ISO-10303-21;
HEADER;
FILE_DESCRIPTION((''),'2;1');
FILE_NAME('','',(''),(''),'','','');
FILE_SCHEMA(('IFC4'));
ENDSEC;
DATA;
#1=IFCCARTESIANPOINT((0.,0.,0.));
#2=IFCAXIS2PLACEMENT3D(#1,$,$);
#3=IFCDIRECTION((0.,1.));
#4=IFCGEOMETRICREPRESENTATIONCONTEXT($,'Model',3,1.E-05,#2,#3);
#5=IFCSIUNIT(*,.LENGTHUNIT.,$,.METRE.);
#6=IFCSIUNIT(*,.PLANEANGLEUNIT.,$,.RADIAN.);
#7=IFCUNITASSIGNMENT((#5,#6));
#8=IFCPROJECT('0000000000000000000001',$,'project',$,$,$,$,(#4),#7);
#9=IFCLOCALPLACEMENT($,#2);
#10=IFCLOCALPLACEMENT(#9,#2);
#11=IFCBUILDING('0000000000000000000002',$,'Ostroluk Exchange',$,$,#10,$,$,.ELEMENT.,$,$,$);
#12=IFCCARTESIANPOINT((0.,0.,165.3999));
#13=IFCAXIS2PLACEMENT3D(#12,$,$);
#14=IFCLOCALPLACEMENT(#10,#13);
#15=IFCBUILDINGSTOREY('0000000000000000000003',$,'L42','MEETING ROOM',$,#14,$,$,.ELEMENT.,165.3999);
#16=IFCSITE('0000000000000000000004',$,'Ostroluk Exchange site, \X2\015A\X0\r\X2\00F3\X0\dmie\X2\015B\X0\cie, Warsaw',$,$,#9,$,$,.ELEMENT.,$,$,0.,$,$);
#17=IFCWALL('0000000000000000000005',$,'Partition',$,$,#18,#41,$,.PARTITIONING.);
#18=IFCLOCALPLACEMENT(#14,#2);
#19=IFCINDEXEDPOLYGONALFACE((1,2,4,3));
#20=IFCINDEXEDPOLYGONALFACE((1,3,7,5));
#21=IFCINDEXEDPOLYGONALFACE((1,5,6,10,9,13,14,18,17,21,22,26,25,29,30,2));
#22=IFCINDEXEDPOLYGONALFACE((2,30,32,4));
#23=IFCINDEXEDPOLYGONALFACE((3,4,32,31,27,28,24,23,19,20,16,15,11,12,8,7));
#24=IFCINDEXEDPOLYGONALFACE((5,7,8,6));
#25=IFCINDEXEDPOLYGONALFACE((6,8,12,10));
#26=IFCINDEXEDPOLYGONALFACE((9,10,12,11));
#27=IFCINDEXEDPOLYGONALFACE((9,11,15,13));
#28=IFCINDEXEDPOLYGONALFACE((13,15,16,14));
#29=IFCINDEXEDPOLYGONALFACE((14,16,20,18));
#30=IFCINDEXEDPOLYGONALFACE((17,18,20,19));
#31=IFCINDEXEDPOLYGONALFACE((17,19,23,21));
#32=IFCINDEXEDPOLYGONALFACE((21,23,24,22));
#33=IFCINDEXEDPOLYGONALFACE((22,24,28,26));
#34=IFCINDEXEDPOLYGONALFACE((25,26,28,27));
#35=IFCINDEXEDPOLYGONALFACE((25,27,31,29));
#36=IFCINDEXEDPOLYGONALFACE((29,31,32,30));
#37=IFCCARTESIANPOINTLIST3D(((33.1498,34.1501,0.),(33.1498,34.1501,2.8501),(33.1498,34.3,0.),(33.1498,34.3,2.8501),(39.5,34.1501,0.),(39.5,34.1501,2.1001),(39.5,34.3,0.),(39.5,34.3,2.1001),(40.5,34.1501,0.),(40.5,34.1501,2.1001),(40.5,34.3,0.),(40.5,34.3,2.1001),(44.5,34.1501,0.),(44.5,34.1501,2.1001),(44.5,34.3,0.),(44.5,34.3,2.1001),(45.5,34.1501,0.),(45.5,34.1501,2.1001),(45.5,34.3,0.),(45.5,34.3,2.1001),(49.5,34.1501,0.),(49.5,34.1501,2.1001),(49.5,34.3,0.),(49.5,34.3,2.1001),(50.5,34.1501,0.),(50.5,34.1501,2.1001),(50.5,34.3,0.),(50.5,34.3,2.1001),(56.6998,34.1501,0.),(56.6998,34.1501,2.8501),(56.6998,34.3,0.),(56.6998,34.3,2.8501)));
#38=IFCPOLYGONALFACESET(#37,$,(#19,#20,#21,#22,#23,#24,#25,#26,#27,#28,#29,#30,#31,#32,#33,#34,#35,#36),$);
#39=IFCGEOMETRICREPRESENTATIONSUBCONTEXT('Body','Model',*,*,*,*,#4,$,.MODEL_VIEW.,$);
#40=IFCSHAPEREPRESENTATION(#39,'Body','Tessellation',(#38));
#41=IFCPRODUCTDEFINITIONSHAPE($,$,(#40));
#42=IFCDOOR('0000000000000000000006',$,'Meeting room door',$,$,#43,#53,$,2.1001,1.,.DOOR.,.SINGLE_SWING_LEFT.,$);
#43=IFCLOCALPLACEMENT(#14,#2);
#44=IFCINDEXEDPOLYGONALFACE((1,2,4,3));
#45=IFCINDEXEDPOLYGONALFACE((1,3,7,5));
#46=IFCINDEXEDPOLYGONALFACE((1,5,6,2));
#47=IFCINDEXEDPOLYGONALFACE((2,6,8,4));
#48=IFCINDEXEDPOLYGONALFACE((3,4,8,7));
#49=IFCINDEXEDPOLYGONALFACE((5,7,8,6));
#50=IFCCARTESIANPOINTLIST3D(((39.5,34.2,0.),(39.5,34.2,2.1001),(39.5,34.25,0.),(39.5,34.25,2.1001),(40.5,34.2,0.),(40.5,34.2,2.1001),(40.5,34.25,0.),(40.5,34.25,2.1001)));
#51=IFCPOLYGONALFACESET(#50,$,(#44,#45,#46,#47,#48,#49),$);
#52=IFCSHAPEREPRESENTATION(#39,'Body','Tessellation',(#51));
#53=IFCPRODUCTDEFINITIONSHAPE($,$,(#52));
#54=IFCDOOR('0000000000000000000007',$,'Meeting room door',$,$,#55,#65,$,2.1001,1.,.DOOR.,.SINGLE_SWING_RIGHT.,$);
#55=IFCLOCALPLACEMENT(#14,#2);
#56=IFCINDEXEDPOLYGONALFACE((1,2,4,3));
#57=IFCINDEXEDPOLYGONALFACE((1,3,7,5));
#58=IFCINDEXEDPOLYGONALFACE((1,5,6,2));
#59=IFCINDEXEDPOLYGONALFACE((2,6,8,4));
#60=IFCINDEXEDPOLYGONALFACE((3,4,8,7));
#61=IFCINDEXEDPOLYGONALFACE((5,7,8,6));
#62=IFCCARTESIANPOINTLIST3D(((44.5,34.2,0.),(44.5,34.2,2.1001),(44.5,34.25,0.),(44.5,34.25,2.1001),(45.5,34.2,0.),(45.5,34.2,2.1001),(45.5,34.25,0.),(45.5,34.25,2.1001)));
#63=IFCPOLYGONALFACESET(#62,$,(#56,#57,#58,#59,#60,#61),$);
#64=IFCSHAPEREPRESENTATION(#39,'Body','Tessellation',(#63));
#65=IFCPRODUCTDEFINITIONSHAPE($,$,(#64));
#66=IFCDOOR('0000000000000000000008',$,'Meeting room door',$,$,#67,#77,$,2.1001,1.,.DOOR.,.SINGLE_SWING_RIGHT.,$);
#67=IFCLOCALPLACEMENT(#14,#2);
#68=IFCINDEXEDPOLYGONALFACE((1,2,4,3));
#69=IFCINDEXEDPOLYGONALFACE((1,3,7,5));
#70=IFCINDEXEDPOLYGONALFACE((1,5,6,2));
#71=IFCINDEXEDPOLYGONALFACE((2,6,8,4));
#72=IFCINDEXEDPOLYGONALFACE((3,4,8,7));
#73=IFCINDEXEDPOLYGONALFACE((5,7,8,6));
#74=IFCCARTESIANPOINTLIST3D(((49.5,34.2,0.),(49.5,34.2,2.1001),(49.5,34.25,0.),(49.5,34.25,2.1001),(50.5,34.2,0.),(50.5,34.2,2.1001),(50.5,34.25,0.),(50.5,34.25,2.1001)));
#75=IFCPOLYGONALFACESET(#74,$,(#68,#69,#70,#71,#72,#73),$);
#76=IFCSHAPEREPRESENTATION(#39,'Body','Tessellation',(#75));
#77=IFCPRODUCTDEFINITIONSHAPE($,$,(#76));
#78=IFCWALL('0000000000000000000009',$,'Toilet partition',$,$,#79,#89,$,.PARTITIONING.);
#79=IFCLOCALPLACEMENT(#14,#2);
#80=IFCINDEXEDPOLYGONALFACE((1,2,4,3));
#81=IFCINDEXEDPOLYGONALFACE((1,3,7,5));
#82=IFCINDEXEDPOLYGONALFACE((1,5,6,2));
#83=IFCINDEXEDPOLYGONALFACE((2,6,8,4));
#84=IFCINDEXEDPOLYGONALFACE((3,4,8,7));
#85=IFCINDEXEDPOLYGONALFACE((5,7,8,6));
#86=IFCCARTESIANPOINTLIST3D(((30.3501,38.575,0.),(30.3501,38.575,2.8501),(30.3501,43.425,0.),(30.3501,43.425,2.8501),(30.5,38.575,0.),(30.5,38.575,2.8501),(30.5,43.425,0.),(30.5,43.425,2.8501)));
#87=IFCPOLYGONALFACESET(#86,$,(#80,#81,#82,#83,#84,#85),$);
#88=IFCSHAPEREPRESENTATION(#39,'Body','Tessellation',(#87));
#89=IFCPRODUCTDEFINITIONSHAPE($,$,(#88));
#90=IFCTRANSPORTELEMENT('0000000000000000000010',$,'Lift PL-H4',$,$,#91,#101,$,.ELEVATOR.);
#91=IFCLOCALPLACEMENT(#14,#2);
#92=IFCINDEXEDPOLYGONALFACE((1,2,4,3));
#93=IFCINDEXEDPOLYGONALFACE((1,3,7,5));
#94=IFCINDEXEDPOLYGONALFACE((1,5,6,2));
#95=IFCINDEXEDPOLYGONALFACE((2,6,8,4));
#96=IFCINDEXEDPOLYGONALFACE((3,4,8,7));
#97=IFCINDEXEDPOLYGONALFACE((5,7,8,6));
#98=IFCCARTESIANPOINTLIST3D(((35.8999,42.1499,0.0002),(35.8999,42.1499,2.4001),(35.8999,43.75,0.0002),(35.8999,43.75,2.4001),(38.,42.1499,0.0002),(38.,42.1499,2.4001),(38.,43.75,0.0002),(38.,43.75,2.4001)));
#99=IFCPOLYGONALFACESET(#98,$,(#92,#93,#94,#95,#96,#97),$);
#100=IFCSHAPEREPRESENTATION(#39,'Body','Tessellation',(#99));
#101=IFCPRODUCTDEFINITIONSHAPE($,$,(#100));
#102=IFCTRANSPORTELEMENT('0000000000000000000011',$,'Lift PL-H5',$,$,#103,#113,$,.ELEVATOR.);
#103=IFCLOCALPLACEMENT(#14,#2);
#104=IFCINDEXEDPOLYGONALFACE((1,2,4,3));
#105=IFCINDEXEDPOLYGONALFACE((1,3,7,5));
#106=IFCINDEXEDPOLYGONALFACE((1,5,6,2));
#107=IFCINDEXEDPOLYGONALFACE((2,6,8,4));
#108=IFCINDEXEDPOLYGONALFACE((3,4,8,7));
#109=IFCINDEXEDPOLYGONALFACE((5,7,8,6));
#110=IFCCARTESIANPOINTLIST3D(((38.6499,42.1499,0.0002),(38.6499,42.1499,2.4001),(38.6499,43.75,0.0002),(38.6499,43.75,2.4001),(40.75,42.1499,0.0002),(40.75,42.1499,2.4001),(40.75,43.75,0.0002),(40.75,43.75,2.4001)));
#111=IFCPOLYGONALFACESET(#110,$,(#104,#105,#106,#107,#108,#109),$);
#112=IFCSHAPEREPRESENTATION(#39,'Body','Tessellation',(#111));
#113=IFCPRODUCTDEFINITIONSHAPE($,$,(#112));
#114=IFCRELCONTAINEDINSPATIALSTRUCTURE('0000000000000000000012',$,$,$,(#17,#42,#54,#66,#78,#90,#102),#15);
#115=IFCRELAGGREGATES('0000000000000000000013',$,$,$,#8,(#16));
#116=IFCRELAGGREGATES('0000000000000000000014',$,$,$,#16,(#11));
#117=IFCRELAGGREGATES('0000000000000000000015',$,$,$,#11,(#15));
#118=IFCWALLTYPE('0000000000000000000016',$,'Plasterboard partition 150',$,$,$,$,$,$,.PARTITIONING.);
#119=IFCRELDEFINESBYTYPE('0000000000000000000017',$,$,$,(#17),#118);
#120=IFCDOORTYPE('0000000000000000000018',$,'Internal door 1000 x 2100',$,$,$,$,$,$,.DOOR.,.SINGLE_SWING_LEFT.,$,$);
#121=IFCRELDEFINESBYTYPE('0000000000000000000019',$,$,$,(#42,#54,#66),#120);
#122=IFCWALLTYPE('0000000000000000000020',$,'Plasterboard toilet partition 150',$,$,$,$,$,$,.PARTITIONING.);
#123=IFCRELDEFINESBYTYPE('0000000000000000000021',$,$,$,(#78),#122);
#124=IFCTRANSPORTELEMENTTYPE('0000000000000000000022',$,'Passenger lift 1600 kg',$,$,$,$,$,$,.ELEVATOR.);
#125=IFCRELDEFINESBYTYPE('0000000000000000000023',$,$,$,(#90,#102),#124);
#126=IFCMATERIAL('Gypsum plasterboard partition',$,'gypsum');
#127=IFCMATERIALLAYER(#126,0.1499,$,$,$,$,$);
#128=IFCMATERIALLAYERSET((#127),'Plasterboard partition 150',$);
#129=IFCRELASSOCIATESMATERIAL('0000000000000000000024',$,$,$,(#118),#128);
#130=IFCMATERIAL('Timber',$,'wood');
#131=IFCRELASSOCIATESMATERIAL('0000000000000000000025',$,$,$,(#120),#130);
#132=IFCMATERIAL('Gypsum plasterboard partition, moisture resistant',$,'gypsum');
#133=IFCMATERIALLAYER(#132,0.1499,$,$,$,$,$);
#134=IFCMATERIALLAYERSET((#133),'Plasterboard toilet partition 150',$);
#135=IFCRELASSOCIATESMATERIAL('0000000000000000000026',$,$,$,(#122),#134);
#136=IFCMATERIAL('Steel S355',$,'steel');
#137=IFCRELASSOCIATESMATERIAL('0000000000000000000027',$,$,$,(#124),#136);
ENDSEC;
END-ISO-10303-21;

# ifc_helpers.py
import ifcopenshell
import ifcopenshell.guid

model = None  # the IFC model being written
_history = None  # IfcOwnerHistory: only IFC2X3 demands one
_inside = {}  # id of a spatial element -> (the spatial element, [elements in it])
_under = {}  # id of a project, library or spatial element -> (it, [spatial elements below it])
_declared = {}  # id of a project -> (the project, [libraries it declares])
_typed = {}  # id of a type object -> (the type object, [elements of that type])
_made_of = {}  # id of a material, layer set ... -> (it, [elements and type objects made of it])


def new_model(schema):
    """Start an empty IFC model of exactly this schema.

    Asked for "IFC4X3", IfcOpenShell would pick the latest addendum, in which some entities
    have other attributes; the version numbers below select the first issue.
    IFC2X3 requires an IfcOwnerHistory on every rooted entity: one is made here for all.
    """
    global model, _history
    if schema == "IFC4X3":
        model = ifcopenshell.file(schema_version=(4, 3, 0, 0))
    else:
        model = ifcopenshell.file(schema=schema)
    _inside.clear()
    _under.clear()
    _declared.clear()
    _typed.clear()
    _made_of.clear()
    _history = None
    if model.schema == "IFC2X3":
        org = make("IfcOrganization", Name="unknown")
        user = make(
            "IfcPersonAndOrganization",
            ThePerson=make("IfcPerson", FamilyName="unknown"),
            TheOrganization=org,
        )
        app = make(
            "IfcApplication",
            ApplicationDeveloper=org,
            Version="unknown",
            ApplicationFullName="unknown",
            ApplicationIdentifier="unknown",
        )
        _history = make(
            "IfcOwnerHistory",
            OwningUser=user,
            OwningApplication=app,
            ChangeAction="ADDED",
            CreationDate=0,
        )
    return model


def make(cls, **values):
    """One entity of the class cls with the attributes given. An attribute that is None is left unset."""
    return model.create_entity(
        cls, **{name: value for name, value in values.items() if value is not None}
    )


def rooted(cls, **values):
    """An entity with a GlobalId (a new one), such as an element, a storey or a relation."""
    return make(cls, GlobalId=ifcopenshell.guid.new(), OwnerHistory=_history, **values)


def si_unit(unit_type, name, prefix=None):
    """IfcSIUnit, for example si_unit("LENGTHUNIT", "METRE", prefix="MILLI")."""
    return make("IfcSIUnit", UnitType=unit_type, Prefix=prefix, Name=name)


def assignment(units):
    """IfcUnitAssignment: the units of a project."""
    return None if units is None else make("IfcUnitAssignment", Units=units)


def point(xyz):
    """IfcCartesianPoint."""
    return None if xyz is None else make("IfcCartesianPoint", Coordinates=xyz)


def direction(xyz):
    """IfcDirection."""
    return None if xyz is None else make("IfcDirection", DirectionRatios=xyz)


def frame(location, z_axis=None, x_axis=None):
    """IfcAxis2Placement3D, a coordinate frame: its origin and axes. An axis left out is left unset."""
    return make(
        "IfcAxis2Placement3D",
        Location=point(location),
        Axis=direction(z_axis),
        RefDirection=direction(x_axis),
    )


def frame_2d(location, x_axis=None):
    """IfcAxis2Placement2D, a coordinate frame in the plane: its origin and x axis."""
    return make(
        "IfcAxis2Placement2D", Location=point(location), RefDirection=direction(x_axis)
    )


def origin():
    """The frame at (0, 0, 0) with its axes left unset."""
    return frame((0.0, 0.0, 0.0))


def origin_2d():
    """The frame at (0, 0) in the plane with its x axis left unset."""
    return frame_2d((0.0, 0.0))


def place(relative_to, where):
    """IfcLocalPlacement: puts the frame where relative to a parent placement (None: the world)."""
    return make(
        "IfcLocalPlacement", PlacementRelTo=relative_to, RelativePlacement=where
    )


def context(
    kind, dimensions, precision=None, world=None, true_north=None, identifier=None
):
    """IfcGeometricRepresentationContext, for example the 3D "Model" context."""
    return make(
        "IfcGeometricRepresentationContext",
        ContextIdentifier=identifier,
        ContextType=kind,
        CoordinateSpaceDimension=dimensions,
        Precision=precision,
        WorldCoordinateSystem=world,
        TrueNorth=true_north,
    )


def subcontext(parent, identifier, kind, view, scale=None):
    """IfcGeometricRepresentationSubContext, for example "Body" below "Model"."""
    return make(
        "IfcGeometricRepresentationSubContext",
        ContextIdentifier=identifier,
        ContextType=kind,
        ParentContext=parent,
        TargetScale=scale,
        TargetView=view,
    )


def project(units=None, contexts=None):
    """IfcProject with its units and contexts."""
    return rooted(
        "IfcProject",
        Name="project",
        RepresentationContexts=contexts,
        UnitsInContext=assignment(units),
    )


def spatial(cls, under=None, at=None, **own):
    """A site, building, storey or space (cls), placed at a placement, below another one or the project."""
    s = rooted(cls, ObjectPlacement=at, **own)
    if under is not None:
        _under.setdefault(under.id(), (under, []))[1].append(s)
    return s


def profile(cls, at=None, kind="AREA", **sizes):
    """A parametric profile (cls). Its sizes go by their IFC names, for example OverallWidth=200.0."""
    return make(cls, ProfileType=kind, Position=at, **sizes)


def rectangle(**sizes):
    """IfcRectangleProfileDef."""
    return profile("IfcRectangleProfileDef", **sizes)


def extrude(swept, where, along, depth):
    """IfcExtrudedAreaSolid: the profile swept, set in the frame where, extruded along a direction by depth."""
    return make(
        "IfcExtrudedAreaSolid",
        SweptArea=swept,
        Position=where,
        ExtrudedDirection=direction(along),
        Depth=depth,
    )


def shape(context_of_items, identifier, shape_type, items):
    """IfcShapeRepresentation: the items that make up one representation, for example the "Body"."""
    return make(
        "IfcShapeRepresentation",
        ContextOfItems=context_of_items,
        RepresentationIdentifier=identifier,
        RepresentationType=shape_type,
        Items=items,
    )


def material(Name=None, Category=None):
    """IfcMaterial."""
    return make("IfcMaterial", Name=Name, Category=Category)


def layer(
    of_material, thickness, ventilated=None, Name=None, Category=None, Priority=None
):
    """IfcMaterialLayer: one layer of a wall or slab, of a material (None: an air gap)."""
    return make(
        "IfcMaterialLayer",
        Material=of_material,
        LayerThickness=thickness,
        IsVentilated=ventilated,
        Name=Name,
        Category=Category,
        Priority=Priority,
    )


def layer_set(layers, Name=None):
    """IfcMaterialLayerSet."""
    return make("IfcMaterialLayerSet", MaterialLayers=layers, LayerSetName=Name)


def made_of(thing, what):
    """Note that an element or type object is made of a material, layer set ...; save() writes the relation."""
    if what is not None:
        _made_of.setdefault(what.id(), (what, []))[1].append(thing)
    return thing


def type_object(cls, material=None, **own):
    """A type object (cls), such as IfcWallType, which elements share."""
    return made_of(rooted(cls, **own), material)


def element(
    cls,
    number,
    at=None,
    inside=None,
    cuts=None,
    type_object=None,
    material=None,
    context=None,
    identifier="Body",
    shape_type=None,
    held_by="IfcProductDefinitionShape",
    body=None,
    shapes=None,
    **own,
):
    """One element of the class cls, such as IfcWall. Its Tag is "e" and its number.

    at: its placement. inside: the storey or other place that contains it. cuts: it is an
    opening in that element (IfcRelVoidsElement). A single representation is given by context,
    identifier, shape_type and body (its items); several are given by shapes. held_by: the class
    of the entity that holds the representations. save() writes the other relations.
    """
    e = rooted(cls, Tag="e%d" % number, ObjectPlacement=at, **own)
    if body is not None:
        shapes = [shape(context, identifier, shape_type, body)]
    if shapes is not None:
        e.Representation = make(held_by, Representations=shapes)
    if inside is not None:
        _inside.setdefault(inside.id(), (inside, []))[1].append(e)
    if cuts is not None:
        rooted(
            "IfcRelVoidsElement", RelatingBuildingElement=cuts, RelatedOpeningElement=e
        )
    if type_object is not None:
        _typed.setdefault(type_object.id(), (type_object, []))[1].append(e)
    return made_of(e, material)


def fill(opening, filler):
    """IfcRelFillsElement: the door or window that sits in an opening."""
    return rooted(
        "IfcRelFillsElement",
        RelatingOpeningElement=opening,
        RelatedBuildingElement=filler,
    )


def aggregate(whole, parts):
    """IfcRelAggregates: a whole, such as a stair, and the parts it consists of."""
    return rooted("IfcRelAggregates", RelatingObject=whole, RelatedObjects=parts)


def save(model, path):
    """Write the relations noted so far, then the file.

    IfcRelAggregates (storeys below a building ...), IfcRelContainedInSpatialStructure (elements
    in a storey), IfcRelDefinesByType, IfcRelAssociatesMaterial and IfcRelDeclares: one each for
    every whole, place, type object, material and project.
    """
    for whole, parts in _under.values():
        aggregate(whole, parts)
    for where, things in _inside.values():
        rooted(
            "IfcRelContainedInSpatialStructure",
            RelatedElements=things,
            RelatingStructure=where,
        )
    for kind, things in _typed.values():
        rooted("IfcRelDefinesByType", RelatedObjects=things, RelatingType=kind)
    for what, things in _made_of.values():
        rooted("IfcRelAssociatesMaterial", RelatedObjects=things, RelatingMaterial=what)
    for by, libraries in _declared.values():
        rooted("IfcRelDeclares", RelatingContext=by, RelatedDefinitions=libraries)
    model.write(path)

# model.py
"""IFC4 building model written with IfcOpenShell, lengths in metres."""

from ifc_helpers import new_model, si_unit, direction, frame, frame_2d, origin, origin_2d, place, context, subcontext, project, spatial, rectangle, extrude, material, layer, layer_set, type_object, element, fill, save


model = new_model("IFC4")

# Units and contexts
model_context = context("Model", 3, precision=1e-05, world=origin(), true_north=direction((0.0, 1.0)))
body_context = subcontext(model_context, "Body", "Model", "MODEL_VIEW")
ifc_project = project(units=[si_unit("LENGTHUNIT", "METRE"), si_unit("PLANEANGLEUNIT", "RADIAN")], contexts=[model_context])

# Site, building, storey
site_placement = place(None, origin())
site = spatial("IfcSite", under=ifc_project, at=site_placement, Name="Ostroluk Exchange site, Śródmieście, Warsaw", CompositionType="ELEMENT", RefElevation=0.0)
building_placement = place(site_placement, origin())
building = spatial("IfcBuilding", under=site, at=building_placement, Name="Ostroluk Exchange", CompositionType="ELEMENT")
storey_placement = place(building_placement, frame((0.0, 0.0, 165.3999)))
storey = spatial("IfcBuildingStorey", under=building, at=storey_placement, Name="L42", Description="MEETING ROOM", CompositionType="ELEMENT", Elevation=165.3999)

# Shared definitions
ifc_material_1 = material(Name="Gypsum plasterboard partition", Category="gypsum")
ifc_layer_1 = layer(ifc_material_1, 0.1499)
ifc_layer_set_1 = layer_set([ifc_layer_1], Name="Plasterboard partition 150")
wall_type_1 = type_object("IfcWallType", Name="Plasterboard partition 150", PredefinedType="PARTITIONING", material=ifc_layer_set_1)

# Wall, openings, doors
wall_1_placement = place(storey_placement, frame((33.1499, 34.2251, 0.0), z_axis=(0.0, 0.0, 1.0), x_axis=(1.0, 0.0, 0.0)))
wall_1 = element("IfcWall", 1, at=wall_1_placement, inside=storey, type_object=wall_type_1, Name="Partition", PredefinedType="PARTITIONING", context=body_context, shape_type="SweptSolid", body=[
    extrude(rectangle(XDim=23.55, YDim=0.1499, at=frame_2d((11.7749, 0.0))), origin(), (0.0, 0.0, 1.0), 2.8501),
])
opening_1_placement = place(wall_1_placement, frame((6.3501, 0.0, 0.0)))
opening_1 = element("IfcOpeningElement", 2, at=opening_1_placement, cuts=wall_1, PredefinedType="OPENING", context=body_context, shape_type="SweptSolid", body=[
    extrude(rectangle(XDim=1.0, YDim=2.1001, at=frame_2d((0.5, 1.05))), frame((0.0, 0.085, 0.0), z_axis=(0.0, -1.0, 0.0), x_axis=(1.0, 0.0, 0.0)), (0.0, 0.0, 1.0), 0.1699),
])
opening_2_placement = place(wall_1_placement, frame((11.3501, 0.0, 0.0)))
opening_2 = element("IfcOpeningElement", 3, at=opening_2_placement, cuts=wall_1, PredefinedType="OPENING", context=body_context, shape_type="SweptSolid", body=[
    extrude(rectangle(XDim=1.0, YDim=2.1001, at=frame_2d((0.5, 1.05))), frame((0.0, 0.085, 0.0), z_axis=(0.0, -1.0, 0.0), x_axis=(1.0, 0.0, 0.0)), (0.0, 0.0, 1.0), 0.1699),
])
opening_3_placement = place(wall_1_placement, frame((16.3501, 0.0, 0.0)))
opening_3 = element("IfcOpeningElement", 4, at=opening_3_placement, cuts=wall_1, PredefinedType="OPENING", context=body_context, shape_type="SweptSolid", body=[
    extrude(rectangle(XDim=1.0, YDim=2.1001, at=frame_2d((0.5, 1.05))), frame((0.0, 0.085, 0.0), z_axis=(0.0, -1.0, 0.0), x_axis=(1.0, 0.0, 0.0)), (0.0, 0.0, 1.0), 0.1699),
])
ifc_material_2 = material(Name="Timber", Category="wood")
door_type_1 = type_object("IfcDoorType", Name="Internal door 1000 x 2100", OperationType="SINGLE_SWING_LEFT", PredefinedType="DOOR", material=ifc_material_2)
door_1_placement = place(opening_1_placement, origin())
door_1 = element("IfcDoor", 5, at=door_1_placement, inside=storey, type_object=door_type_1, Name="Meeting room door", OperationType="SINGLE_SWING_LEFT", OverallHeight=2.1001, OverallWidth=1.0, PredefinedType="DOOR", context=body_context, shape_type="SweptSolid", body=[
    extrude(rectangle(XDim=1.0, YDim=2.1001, at=frame_2d((0.5, 1.05))), frame((0.0, 0.0249, 0.0), z_axis=(0.0, -1.0, 0.0), x_axis=(1.0, 0.0, 0.0)), (0.0, 0.0, 1.0), 0.05),
])
fill(opening_1, door_1)
door_2_placement = place(opening_2_placement, origin())
door_2 = element("IfcDoor", 6, at=door_2_placement, inside=storey, type_object=door_type_1, Name="Meeting room door", OperationType="SINGLE_SWING_RIGHT", OverallHeight=2.1001, OverallWidth=1.0, PredefinedType="DOOR", context=body_context, shape_type="SweptSolid", body=[
    extrude(rectangle(XDim=1.0, YDim=2.1001, at=frame_2d((0.5, 1.05))), frame((0.0, 0.0249, 0.0), z_axis=(0.0, -1.0, 0.0), x_axis=(1.0, 0.0, 0.0)), (0.0, 0.0, 1.0), 0.05),
])
fill(opening_2, door_2)
door_3_placement = place(opening_3_placement, origin())
door_3 = element("IfcDoor", 7, at=door_3_placement, inside=storey, type_object=door_type_1, Name="Meeting room door", OperationType="SINGLE_SWING_RIGHT", OverallHeight=2.1001, OverallWidth=1.0, PredefinedType="DOOR", context=body_context, shape_type="SweptSolid", body=[
    extrude(rectangle(XDim=1.0, YDim=2.1001, at=frame_2d((0.5, 1.05))), frame((0.0, 0.0249, 0.0), z_axis=(0.0, -1.0, 0.0), x_axis=(1.0, 0.0, 0.0)), (0.0, 0.0, 1.0), 0.05),
])
fill(opening_3, door_3)

# Wall
ifc_material_3 = material(Name="Gypsum plasterboard partition, moisture resistant", Category="gypsum")
ifc_layer_2 = layer(ifc_material_3, 0.1499)
ifc_layer_set_2 = layer_set([ifc_layer_2], Name="Plasterboard toilet partition 150")
wall_type_2 = type_object("IfcWallType", Name="Plasterboard toilet partition 150", PredefinedType="PARTITIONING", material=ifc_layer_set_2)
wall_2_placement = place(storey_placement, frame((30.425, 43.425, 0.0), z_axis=(0.0, 0.0, 1.0), x_axis=(0.0, -1.0, 0.0)))
element("IfcWall", 8, at=wall_2_placement, inside=storey, type_object=wall_type_2, Name="Toilet partition", PredefinedType="PARTITIONING", context=body_context, shape_type="SweptSolid", body=[
    extrude(rectangle(XDim=4.8501, YDim=0.1499, at=frame_2d((2.425, 0.0))), origin(), (0.0, 0.0, 1.0), 2.8501),
])

# Transport elements
ifc_material_4 = material(Name="Steel S355", Category="steel")
transport_element_type = type_object("IfcTransportElementType", Name="Passenger lift 1600 kg", PredefinedType="ELEVATOR", material=ifc_material_4)
for number, where, z_axis, x_axis, name in (
    (9, (36.95, 42.95, 0.0002), (0.0, 0.0, 1.0), (1.0, 0.0, 0.0), "Lift PL-H4"),
    (10, (39.7, 42.95, 0.0002), (0.0, 0.0, 1.0), (1.0, 0.0, 0.0), "Lift PL-H5"),
):
    element("IfcTransportElement", number, at=place(storey_placement, frame(where, z_axis=z_axis, x_axis=x_axis)), inside=storey, type_object=transport_element_type, Name=name, PredefinedType="ELEVATOR", context=body_context, shape_type="SweptSolid", body=[
        extrude(rectangle(XDim=2.1001, YDim=1.6001, at=origin_2d()), origin(), (0.0, 0.0, 1.0), 2.3999),
    ])

save(model, "model.ifc")
